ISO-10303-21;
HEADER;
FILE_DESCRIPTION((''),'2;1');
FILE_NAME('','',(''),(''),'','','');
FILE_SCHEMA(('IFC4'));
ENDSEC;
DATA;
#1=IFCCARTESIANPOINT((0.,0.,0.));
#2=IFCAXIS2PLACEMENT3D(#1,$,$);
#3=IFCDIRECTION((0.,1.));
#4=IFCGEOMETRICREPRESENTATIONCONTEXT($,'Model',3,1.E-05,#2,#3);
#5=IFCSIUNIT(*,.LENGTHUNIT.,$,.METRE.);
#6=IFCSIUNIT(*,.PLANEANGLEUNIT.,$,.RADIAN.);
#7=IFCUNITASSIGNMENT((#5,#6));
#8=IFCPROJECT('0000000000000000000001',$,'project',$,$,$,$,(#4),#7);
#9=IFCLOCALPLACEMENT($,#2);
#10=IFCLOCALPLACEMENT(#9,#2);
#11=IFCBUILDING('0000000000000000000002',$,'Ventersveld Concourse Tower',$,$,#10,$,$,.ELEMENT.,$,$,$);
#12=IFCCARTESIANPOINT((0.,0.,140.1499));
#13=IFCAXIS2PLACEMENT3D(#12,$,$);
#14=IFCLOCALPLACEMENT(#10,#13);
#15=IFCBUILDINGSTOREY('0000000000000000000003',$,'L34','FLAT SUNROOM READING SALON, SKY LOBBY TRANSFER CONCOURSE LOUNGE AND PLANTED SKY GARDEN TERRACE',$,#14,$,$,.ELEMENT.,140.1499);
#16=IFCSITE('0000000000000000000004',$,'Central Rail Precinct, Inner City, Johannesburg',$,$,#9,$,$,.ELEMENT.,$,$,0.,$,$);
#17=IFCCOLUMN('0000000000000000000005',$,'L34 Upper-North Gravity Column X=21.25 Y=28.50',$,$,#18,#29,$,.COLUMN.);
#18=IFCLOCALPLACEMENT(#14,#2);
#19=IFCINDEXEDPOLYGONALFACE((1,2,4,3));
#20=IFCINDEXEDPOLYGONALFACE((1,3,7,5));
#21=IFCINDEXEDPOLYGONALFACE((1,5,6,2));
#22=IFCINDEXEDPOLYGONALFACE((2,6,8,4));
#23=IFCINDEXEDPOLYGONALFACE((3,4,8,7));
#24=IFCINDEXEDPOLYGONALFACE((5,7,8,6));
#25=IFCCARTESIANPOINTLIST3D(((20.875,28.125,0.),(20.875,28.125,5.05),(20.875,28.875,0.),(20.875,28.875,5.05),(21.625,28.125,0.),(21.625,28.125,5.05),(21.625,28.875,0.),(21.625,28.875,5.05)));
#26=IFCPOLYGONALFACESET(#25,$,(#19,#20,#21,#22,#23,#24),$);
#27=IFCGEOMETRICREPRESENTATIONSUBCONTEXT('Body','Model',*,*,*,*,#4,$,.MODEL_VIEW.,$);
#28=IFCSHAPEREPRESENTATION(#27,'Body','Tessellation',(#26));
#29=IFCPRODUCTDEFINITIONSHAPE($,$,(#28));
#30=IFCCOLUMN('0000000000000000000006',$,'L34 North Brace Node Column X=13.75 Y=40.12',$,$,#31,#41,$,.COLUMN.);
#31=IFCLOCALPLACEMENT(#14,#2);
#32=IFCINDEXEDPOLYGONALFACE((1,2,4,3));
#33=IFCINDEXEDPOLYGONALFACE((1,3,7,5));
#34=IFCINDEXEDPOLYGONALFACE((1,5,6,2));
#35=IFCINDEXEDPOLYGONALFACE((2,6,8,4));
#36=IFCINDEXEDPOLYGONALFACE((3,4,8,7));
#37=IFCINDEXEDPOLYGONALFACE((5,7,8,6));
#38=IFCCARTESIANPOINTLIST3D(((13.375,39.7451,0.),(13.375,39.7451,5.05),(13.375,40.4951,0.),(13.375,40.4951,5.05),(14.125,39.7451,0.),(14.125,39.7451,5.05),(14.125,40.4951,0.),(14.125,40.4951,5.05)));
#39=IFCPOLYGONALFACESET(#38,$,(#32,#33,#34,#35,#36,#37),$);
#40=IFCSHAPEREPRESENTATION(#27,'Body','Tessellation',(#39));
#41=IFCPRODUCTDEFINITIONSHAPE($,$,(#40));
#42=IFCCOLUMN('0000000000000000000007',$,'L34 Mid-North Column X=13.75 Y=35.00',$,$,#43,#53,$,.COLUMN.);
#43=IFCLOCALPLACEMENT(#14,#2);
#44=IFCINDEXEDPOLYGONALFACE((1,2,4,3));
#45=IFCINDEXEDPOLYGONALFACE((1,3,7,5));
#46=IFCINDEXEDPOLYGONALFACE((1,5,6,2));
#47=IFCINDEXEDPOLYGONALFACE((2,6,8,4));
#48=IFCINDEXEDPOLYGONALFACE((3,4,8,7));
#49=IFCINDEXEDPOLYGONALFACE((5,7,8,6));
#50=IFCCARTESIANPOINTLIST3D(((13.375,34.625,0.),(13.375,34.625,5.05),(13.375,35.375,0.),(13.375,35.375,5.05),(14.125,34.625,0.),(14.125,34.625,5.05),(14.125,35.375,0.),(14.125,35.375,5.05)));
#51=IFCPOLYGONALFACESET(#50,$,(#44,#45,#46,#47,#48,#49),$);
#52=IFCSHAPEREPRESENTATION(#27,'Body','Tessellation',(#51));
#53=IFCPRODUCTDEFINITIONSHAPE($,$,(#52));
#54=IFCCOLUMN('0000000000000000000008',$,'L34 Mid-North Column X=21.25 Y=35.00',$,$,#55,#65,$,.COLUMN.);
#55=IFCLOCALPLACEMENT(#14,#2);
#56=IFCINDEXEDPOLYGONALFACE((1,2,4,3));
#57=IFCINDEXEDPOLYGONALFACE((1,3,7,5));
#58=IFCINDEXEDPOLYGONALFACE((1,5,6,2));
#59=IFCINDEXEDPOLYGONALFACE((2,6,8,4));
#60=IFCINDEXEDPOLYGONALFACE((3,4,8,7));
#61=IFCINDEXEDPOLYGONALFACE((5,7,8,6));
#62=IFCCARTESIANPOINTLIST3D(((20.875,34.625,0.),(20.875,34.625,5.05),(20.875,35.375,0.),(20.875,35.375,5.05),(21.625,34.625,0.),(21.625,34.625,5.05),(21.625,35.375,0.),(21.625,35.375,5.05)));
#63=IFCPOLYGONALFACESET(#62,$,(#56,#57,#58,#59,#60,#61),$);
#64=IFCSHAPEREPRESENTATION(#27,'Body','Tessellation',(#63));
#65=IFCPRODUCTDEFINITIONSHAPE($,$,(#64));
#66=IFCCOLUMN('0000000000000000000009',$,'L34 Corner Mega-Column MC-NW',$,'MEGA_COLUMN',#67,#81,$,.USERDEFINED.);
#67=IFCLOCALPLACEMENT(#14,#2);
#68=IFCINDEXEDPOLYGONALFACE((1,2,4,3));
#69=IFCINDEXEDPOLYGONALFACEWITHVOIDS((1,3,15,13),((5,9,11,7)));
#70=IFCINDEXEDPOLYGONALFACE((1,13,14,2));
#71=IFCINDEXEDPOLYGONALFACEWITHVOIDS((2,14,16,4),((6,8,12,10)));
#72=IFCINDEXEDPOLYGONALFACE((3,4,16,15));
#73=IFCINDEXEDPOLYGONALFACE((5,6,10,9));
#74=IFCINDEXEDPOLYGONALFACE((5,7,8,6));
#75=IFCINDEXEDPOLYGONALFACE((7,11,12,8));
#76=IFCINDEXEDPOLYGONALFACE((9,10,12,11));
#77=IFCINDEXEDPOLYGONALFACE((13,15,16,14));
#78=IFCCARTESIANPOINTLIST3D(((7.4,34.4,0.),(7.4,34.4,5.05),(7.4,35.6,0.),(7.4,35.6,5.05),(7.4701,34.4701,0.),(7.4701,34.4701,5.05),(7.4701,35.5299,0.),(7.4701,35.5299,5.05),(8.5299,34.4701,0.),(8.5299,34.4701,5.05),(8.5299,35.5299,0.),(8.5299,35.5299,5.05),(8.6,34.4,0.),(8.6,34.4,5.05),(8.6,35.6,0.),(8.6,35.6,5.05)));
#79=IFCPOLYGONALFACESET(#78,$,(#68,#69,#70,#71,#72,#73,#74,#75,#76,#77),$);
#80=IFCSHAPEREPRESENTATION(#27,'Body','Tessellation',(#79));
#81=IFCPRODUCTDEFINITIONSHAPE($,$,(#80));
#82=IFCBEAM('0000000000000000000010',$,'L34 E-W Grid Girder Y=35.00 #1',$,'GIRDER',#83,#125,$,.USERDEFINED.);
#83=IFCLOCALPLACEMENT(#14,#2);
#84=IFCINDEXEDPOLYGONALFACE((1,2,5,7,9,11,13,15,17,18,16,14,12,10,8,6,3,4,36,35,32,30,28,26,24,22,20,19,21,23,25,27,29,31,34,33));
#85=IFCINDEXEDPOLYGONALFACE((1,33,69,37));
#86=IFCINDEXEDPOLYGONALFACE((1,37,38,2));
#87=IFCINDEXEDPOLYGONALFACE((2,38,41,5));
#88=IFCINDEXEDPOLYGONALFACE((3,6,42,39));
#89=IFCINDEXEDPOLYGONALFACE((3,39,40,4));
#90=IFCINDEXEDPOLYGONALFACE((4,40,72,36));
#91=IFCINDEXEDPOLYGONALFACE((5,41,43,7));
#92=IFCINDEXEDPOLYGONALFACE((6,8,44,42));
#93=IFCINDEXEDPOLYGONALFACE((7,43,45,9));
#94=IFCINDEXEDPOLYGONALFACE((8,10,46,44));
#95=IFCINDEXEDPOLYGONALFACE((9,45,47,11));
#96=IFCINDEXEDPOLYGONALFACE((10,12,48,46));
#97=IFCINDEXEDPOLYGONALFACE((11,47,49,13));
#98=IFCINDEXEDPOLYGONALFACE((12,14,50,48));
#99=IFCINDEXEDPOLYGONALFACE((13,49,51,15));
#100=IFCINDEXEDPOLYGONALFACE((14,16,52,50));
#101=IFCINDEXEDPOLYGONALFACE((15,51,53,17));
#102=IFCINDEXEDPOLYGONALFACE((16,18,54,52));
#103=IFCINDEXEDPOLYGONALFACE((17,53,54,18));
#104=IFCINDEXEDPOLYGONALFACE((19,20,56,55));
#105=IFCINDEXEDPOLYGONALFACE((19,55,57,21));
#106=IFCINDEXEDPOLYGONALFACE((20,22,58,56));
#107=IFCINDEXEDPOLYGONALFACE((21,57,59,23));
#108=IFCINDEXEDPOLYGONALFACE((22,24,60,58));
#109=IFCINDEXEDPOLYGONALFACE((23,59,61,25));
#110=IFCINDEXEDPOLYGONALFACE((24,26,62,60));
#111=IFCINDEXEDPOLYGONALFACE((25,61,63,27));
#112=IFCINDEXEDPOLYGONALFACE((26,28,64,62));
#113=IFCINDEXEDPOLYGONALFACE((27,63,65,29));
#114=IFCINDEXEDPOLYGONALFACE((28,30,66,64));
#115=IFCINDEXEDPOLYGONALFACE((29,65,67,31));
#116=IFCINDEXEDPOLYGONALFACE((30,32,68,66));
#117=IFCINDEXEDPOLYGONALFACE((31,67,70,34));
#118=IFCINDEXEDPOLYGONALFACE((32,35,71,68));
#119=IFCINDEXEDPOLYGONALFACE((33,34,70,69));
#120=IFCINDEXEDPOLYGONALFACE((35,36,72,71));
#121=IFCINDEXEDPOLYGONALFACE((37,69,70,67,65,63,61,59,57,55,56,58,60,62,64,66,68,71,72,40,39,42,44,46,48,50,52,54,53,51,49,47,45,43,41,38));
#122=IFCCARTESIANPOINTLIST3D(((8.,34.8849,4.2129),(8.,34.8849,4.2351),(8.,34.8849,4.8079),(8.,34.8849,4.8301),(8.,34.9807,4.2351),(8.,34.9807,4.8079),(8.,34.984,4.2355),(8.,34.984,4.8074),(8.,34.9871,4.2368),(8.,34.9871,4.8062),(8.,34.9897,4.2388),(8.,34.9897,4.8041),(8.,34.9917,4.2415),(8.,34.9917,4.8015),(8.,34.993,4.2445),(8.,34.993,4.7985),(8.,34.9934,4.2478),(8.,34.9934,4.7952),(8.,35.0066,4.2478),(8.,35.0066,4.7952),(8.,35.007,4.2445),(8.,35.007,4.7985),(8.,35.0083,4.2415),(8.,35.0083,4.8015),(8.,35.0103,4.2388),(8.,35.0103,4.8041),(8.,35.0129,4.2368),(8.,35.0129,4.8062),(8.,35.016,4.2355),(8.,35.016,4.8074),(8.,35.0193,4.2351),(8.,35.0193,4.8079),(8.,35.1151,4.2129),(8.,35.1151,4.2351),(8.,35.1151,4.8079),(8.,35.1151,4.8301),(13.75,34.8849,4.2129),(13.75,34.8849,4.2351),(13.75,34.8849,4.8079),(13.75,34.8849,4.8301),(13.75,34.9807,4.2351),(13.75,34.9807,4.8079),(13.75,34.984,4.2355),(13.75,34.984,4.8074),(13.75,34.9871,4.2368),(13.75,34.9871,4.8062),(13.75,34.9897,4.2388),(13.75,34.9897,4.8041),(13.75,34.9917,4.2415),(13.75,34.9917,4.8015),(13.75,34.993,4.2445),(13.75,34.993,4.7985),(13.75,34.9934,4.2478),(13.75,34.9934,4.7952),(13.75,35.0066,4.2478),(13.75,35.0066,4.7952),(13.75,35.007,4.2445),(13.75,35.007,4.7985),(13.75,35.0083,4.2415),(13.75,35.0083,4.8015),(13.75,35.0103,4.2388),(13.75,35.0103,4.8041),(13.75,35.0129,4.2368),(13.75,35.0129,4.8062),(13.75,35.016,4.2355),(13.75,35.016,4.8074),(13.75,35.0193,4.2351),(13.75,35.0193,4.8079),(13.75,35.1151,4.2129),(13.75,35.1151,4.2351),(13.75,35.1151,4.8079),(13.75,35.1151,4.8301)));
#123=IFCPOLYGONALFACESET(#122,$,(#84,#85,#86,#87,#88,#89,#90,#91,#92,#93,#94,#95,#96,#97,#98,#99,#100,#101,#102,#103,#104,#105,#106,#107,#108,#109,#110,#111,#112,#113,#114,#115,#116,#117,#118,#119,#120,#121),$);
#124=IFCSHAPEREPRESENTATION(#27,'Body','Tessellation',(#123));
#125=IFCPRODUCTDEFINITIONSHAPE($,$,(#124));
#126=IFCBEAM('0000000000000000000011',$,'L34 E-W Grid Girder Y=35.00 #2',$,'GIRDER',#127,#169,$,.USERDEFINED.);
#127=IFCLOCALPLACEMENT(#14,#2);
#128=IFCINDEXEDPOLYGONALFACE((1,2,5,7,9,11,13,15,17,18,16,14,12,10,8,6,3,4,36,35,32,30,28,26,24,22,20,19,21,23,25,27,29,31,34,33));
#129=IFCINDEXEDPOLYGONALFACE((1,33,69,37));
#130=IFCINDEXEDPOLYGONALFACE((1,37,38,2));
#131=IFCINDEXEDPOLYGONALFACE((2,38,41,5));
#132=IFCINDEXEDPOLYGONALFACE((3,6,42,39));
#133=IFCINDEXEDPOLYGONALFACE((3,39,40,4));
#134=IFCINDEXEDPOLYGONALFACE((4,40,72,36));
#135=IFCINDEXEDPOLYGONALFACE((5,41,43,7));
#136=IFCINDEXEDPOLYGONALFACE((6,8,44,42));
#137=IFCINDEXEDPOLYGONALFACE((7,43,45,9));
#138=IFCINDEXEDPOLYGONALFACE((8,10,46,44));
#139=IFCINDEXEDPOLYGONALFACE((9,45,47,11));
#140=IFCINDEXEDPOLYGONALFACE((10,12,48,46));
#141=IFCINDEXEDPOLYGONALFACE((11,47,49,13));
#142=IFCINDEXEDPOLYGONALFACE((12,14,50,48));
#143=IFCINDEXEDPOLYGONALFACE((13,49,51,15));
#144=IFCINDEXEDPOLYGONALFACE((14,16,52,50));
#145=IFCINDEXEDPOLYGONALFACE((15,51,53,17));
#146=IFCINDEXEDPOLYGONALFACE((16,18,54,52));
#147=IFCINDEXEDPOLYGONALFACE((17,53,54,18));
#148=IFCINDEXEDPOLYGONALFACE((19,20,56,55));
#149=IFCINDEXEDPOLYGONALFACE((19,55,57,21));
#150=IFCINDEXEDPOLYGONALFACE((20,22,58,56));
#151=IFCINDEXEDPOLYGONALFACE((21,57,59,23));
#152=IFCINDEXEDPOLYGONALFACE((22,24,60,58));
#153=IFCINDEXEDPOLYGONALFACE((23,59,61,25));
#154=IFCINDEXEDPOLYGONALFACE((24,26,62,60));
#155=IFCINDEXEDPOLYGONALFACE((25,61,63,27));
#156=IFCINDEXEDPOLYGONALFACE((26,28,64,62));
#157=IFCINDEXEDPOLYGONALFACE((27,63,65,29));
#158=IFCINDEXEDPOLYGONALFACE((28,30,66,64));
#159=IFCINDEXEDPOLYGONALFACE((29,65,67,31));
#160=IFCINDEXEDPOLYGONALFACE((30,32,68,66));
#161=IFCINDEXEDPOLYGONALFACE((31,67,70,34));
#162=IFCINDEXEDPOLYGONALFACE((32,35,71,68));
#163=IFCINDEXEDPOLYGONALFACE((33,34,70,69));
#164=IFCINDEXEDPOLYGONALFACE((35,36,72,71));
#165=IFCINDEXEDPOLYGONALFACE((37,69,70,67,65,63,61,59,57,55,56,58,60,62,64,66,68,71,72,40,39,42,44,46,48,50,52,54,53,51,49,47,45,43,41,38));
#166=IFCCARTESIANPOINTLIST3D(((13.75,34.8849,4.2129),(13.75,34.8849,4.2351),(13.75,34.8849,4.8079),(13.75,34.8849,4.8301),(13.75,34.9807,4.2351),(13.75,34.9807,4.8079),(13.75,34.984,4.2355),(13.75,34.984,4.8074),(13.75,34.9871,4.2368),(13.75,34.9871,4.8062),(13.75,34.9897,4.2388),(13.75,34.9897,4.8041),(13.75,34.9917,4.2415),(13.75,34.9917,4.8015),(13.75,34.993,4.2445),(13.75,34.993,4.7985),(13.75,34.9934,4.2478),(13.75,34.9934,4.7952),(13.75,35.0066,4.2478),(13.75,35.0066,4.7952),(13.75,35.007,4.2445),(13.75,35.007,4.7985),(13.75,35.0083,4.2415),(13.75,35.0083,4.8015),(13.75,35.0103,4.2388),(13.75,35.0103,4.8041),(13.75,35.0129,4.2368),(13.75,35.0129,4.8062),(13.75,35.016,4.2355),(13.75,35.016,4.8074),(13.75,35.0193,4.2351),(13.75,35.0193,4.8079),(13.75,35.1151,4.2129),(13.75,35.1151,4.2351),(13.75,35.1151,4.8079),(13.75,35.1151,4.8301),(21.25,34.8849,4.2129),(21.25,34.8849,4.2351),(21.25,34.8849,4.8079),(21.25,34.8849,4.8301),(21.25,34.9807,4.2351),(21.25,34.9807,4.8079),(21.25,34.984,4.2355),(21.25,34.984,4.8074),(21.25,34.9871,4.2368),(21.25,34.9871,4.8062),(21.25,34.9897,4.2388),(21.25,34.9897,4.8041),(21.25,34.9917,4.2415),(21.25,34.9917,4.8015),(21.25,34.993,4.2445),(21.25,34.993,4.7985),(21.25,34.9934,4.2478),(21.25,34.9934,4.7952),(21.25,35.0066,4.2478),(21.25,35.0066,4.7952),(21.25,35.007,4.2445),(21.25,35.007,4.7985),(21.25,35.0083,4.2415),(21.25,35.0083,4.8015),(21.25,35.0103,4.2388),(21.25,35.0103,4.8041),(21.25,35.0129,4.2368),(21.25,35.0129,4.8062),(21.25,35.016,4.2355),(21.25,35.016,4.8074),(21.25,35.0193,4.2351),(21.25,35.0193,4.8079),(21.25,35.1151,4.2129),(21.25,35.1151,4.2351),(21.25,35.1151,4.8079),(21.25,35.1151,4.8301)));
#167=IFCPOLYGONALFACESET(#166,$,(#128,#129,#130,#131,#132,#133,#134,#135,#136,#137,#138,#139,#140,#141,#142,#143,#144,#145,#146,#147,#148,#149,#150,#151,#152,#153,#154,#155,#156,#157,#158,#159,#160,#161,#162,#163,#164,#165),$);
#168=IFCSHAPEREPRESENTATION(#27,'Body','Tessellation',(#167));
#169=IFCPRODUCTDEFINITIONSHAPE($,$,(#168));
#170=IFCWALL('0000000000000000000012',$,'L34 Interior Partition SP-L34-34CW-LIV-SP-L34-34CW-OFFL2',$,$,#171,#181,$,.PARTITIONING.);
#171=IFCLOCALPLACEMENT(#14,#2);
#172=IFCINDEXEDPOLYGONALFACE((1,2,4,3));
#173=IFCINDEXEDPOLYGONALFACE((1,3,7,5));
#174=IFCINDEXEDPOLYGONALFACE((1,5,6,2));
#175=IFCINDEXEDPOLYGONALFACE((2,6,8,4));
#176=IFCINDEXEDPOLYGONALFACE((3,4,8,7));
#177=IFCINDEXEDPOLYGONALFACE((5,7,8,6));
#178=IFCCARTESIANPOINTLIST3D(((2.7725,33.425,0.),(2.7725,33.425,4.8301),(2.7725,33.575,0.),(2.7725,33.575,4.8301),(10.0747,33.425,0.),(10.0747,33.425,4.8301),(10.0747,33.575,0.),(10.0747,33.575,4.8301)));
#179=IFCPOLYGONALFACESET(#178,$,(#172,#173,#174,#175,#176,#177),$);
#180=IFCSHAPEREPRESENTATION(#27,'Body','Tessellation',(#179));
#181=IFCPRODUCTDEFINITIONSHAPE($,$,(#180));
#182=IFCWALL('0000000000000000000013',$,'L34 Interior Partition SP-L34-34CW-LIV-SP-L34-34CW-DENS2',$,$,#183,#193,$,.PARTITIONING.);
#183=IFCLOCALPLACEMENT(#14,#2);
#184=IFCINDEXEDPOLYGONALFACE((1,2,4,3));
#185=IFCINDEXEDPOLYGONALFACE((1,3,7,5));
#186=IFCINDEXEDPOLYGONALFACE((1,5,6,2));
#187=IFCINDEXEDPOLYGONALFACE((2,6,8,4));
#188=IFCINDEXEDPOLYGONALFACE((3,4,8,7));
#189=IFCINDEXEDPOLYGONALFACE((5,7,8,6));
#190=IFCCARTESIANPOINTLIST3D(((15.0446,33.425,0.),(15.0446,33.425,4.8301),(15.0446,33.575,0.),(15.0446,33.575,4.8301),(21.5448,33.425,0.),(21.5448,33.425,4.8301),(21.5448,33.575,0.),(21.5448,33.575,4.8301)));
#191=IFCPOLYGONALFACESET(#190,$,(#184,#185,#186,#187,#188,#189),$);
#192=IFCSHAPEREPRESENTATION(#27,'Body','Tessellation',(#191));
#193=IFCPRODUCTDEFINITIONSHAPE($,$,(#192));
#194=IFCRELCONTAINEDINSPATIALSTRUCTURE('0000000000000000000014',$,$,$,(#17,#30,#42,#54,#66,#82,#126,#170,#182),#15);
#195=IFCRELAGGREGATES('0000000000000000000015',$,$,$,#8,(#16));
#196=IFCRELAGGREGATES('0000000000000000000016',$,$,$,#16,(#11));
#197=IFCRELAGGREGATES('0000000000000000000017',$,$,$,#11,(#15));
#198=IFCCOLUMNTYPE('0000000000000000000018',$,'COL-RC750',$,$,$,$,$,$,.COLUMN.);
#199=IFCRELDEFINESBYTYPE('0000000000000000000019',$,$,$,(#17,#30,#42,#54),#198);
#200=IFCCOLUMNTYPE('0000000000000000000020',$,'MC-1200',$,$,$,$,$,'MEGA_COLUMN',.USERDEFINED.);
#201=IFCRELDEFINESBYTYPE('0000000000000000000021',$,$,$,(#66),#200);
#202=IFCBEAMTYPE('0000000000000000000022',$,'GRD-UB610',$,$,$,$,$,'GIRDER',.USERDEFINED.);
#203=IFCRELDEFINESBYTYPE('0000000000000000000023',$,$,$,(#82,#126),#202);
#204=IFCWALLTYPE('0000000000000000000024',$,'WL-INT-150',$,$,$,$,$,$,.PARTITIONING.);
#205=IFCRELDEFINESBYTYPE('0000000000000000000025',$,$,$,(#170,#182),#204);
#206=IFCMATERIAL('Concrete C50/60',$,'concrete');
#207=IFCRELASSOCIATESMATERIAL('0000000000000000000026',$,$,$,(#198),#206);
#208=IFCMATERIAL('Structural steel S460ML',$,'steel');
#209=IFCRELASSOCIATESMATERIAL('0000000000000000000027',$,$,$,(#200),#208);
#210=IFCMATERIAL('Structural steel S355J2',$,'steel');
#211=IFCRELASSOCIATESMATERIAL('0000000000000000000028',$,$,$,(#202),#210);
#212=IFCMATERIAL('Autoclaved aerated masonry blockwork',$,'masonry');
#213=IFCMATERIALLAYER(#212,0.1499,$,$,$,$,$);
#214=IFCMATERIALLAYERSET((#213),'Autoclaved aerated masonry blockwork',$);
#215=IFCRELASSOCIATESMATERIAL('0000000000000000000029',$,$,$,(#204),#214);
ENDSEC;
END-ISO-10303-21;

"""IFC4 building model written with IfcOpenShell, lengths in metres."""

from ifc_helpers import new_model, si_unit, direction, frame, frame_2d, origin, origin_2d, place, context, subcontext, project, spatial, rectangle, hollow_rectangle, i_section, extrude, material, layer, layer_set, material_profile, profile_set, type_object, element, save


model = new_model("IFC4")

# Units and contexts
model_context = context("Model", 3, precision=1e-05, world=origin(), true_north=direction((0.0, 1.0)))
body_context = subcontext(model_context, "Body", "Model", "MODEL_VIEW")
ifc_project = project(units=[si_unit("LENGTHUNIT", "METRE"), si_unit("PLANEANGLEUNIT", "RADIAN")], contexts=[model_context])

# Site, building, storey
site_placement = place(None, origin())
site = spatial("IfcSite", under=ifc_project, at=site_placement, Name="Central Rail Precinct, Inner City, Johannesburg", CompositionType="ELEMENT", RefElevation=0.0)
building_placement = place(site_placement, origin())
building = spatial("IfcBuilding", under=site, at=building_placement, Name="Ventersveld Concourse Tower", CompositionType="ELEMENT")
storey_placement = place(building_placement, frame((0.0, 0.0, 140.1499)))
storey = spatial("IfcBuildingStorey", under=building, at=storey_placement, Name="L34", Description="FLAT SUNROOM READING SALON, SKY LOBBY TRANSFER CONCOURSE LOUNGE AND PLANTED SKY GARDEN TERRACE", CompositionType="ELEMENT", Elevation=140.1499)

# Columns
ifc_material_1 = material(Name="Concrete C50/60", Category="concrete")
ifc_material_profile_1 = material_profile(ifc_material_1, rectangle(XDim=0.75, YDim=0.75, at=origin_2d()), Name="RC 750x750")
ifc_profile_set_1 = profile_set([ifc_material_profile_1], Name="Concrete C50/60")
column_type_1 = type_object("IfcColumnType", Name="COL-RC750", PredefinedType="COLUMN", material=ifc_profile_set_1)
for number, where, z_axis, x_axis, name in (
    (1, (21.25, 28.5, 0.0), (0.0, 0.0, 1.0), (1.0, 0.0, 0.0), "L34 Upper-North Gravity Column X=21.25 Y=28.50"),
    (2, (13.75, 40.1201, 0.0), (0.0, 0.0, 1.0), (1.0, 0.0, 0.0), "L34 North Brace Node Column X=13.75 Y=40.12"),
    (3, (13.75, 35.0, 0.0), (0.0, 0.0, 1.0), (1.0, 0.0, 0.0), "L34 Mid-North Column X=13.75 Y=35.00"),
    (4, (21.25, 35.0, 0.0), (0.0, 0.0, 1.0), (1.0, 0.0, 0.0), "L34 Mid-North Column X=21.25 Y=35.00"),
):
    element("IfcColumn", number, at=place(storey_placement, frame(where, z_axis=z_axis, x_axis=x_axis)), inside=storey, type_object=column_type_1, Name=name, PredefinedType="COLUMN", context=body_context, shape_type="SweptSolid", body=[
        extrude(rectangle(XDim=0.75, YDim=0.75, at=origin_2d()), origin(), (0.0, 0.0, 1.0), 5.05),
    ])
ifc_material_2 = material(Name="Structural steel S460ML", Category="steel")
ifc_material_profile_2 = material_profile(ifc_material_2, hollow_rectangle(XDim=1.2, YDim=1.2, WallThickness=0.0701, at=origin_2d()), Name="BOX 1200x1200x70")
ifc_profile_set_2 = profile_set([ifc_material_profile_2], Name="Structural steel S460ML")
column_type_2 = type_object("IfcColumnType", Name="MC-1200", ElementType="MEGA_COLUMN", PredefinedType="USERDEFINED", material=ifc_profile_set_2)
column_placement = place(storey_placement, frame((8.0, 35.0, 0.0), z_axis=(0.0, 0.0, 1.0), x_axis=(1.0, 0.0, 0.0)))
element("IfcColumn", 5, at=column_placement, inside=storey, type_object=column_type_2, Name="L34 Corner Mega-Column MC-NW", ObjectType="MEGA_COLUMN", PredefinedType="USERDEFINED", context=body_context, shape_type="SweptSolid", body=[
    extrude(hollow_rectangle(XDim=1.2, YDim=1.2, WallThickness=0.0701, at=origin_2d()), origin(), (0.0, 0.0, 1.0), 5.05),
])

# Beams
ifc_material_3 = material(Name="Structural steel S355J2", Category="steel")
ifc_material_profile_3 = material_profile(ifc_material_3, i_section(OverallWidth=0.2302, OverallDepth=0.6172, WebThickness=0.0132, FlangeThickness=0.0222, FilletRadius=0.0127, at=origin_2d()), Name="UB 610x229x140")
ifc_profile_set_3 = profile_set([ifc_material_profile_3], Name="Structural steel S355J2")
beam_type = type_object("IfcBeamType", Name="GRD-UB610", ElementType="GIRDER", PredefinedType="USERDEFINED", material=ifc_profile_set_3)
beam_1_placement = place(storey_placement, frame((8.0, 35.0, 4.5215), z_axis=(1.0, 0.0, 0.0), x_axis=(0.0, 1.0, 0.0)))
element("IfcBeam", 6, at=beam_1_placement, inside=storey, type_object=beam_type, Name="L34 E-W Grid Girder Y=35.00 #1", ObjectType="GIRDER", PredefinedType="USERDEFINED", context=body_context, shape_type="SweptSolid", body=[
    extrude(i_section(OverallWidth=0.2302, OverallDepth=0.6172, WebThickness=0.0132, FlangeThickness=0.0222, FilletRadius=0.0127, at=origin_2d()), origin(), (0.0, 0.0, 1.0), 5.75),
])
beam_2_placement = place(storey_placement, frame((13.75, 35.0, 4.5215), z_axis=(1.0, 0.0, 0.0), x_axis=(0.0, 1.0, 0.0)))
element("IfcBeam", 7, at=beam_2_placement, inside=storey, type_object=beam_type, Name="L34 E-W Grid Girder Y=35.00 #2", ObjectType="GIRDER", PredefinedType="USERDEFINED", context=body_context, shape_type="SweptSolid", body=[
    extrude(i_section(OverallWidth=0.2302, OverallDepth=0.6172, WebThickness=0.0132, FlangeThickness=0.0222, FilletRadius=0.0127, at=origin_2d()), origin(), (0.0, 0.0, 1.0), 7.5),
])

# Walls
ifc_material_4 = material(Name="Autoclaved aerated masonry blockwork", Category="masonry")
ifc_layer_1 = layer(ifc_material_4, 0.1499)
ifc_layer_set_1 = layer_set([ifc_layer_1], Name="Autoclaved aerated masonry blockwork")
wall_type_1 = type_object("IfcWallType", Name="WL-INT-150", PredefinedType="PARTITIONING", material=ifc_layer_set_1)
wall_1_placement = place(storey_placement, frame((2.7725, 33.5, 0.0), z_axis=(0.0, 0.0, 1.0), x_axis=(1.0, 0.0, 0.0)))
element("IfcWall", 8, at=wall_1_placement, inside=storey, type_object=wall_type_1, Name="L34 Interior Partition SP-L34-34CW-LIV-SP-L34-34CW-OFFL2", PredefinedType="PARTITIONING", context=body_context, shape_type="SweptSolid", body=[
    extrude(rectangle(XDim=7.3022, YDim=0.1499, at=frame_2d((3.6511, 0.0))), origin(), (0.0, 0.0, 1.0), 4.8301),
])
wall_2_placement = place(storey_placement, frame((15.0447, 33.5, 0.0), z_axis=(0.0, 0.0, 1.0), x_axis=(1.0, 0.0, 0.0)))
element("IfcWall", 9, at=wall_2_placement, inside=storey, type_object=wall_type_1, Name="L34 Interior Partition SP-L34-34CW-LIV-SP-L34-34CW-DENS2", PredefinedType="PARTITIONING", context=body_context, shape_type="SweptSolid", body=[
    extrude(rectangle(XDim=6.5002, YDim=0.1499, at=frame_2d((3.25, 0.0))), origin(), (0.0, 0.0, 1.0), 4.8301),
])

save(model, "model.ifc")
